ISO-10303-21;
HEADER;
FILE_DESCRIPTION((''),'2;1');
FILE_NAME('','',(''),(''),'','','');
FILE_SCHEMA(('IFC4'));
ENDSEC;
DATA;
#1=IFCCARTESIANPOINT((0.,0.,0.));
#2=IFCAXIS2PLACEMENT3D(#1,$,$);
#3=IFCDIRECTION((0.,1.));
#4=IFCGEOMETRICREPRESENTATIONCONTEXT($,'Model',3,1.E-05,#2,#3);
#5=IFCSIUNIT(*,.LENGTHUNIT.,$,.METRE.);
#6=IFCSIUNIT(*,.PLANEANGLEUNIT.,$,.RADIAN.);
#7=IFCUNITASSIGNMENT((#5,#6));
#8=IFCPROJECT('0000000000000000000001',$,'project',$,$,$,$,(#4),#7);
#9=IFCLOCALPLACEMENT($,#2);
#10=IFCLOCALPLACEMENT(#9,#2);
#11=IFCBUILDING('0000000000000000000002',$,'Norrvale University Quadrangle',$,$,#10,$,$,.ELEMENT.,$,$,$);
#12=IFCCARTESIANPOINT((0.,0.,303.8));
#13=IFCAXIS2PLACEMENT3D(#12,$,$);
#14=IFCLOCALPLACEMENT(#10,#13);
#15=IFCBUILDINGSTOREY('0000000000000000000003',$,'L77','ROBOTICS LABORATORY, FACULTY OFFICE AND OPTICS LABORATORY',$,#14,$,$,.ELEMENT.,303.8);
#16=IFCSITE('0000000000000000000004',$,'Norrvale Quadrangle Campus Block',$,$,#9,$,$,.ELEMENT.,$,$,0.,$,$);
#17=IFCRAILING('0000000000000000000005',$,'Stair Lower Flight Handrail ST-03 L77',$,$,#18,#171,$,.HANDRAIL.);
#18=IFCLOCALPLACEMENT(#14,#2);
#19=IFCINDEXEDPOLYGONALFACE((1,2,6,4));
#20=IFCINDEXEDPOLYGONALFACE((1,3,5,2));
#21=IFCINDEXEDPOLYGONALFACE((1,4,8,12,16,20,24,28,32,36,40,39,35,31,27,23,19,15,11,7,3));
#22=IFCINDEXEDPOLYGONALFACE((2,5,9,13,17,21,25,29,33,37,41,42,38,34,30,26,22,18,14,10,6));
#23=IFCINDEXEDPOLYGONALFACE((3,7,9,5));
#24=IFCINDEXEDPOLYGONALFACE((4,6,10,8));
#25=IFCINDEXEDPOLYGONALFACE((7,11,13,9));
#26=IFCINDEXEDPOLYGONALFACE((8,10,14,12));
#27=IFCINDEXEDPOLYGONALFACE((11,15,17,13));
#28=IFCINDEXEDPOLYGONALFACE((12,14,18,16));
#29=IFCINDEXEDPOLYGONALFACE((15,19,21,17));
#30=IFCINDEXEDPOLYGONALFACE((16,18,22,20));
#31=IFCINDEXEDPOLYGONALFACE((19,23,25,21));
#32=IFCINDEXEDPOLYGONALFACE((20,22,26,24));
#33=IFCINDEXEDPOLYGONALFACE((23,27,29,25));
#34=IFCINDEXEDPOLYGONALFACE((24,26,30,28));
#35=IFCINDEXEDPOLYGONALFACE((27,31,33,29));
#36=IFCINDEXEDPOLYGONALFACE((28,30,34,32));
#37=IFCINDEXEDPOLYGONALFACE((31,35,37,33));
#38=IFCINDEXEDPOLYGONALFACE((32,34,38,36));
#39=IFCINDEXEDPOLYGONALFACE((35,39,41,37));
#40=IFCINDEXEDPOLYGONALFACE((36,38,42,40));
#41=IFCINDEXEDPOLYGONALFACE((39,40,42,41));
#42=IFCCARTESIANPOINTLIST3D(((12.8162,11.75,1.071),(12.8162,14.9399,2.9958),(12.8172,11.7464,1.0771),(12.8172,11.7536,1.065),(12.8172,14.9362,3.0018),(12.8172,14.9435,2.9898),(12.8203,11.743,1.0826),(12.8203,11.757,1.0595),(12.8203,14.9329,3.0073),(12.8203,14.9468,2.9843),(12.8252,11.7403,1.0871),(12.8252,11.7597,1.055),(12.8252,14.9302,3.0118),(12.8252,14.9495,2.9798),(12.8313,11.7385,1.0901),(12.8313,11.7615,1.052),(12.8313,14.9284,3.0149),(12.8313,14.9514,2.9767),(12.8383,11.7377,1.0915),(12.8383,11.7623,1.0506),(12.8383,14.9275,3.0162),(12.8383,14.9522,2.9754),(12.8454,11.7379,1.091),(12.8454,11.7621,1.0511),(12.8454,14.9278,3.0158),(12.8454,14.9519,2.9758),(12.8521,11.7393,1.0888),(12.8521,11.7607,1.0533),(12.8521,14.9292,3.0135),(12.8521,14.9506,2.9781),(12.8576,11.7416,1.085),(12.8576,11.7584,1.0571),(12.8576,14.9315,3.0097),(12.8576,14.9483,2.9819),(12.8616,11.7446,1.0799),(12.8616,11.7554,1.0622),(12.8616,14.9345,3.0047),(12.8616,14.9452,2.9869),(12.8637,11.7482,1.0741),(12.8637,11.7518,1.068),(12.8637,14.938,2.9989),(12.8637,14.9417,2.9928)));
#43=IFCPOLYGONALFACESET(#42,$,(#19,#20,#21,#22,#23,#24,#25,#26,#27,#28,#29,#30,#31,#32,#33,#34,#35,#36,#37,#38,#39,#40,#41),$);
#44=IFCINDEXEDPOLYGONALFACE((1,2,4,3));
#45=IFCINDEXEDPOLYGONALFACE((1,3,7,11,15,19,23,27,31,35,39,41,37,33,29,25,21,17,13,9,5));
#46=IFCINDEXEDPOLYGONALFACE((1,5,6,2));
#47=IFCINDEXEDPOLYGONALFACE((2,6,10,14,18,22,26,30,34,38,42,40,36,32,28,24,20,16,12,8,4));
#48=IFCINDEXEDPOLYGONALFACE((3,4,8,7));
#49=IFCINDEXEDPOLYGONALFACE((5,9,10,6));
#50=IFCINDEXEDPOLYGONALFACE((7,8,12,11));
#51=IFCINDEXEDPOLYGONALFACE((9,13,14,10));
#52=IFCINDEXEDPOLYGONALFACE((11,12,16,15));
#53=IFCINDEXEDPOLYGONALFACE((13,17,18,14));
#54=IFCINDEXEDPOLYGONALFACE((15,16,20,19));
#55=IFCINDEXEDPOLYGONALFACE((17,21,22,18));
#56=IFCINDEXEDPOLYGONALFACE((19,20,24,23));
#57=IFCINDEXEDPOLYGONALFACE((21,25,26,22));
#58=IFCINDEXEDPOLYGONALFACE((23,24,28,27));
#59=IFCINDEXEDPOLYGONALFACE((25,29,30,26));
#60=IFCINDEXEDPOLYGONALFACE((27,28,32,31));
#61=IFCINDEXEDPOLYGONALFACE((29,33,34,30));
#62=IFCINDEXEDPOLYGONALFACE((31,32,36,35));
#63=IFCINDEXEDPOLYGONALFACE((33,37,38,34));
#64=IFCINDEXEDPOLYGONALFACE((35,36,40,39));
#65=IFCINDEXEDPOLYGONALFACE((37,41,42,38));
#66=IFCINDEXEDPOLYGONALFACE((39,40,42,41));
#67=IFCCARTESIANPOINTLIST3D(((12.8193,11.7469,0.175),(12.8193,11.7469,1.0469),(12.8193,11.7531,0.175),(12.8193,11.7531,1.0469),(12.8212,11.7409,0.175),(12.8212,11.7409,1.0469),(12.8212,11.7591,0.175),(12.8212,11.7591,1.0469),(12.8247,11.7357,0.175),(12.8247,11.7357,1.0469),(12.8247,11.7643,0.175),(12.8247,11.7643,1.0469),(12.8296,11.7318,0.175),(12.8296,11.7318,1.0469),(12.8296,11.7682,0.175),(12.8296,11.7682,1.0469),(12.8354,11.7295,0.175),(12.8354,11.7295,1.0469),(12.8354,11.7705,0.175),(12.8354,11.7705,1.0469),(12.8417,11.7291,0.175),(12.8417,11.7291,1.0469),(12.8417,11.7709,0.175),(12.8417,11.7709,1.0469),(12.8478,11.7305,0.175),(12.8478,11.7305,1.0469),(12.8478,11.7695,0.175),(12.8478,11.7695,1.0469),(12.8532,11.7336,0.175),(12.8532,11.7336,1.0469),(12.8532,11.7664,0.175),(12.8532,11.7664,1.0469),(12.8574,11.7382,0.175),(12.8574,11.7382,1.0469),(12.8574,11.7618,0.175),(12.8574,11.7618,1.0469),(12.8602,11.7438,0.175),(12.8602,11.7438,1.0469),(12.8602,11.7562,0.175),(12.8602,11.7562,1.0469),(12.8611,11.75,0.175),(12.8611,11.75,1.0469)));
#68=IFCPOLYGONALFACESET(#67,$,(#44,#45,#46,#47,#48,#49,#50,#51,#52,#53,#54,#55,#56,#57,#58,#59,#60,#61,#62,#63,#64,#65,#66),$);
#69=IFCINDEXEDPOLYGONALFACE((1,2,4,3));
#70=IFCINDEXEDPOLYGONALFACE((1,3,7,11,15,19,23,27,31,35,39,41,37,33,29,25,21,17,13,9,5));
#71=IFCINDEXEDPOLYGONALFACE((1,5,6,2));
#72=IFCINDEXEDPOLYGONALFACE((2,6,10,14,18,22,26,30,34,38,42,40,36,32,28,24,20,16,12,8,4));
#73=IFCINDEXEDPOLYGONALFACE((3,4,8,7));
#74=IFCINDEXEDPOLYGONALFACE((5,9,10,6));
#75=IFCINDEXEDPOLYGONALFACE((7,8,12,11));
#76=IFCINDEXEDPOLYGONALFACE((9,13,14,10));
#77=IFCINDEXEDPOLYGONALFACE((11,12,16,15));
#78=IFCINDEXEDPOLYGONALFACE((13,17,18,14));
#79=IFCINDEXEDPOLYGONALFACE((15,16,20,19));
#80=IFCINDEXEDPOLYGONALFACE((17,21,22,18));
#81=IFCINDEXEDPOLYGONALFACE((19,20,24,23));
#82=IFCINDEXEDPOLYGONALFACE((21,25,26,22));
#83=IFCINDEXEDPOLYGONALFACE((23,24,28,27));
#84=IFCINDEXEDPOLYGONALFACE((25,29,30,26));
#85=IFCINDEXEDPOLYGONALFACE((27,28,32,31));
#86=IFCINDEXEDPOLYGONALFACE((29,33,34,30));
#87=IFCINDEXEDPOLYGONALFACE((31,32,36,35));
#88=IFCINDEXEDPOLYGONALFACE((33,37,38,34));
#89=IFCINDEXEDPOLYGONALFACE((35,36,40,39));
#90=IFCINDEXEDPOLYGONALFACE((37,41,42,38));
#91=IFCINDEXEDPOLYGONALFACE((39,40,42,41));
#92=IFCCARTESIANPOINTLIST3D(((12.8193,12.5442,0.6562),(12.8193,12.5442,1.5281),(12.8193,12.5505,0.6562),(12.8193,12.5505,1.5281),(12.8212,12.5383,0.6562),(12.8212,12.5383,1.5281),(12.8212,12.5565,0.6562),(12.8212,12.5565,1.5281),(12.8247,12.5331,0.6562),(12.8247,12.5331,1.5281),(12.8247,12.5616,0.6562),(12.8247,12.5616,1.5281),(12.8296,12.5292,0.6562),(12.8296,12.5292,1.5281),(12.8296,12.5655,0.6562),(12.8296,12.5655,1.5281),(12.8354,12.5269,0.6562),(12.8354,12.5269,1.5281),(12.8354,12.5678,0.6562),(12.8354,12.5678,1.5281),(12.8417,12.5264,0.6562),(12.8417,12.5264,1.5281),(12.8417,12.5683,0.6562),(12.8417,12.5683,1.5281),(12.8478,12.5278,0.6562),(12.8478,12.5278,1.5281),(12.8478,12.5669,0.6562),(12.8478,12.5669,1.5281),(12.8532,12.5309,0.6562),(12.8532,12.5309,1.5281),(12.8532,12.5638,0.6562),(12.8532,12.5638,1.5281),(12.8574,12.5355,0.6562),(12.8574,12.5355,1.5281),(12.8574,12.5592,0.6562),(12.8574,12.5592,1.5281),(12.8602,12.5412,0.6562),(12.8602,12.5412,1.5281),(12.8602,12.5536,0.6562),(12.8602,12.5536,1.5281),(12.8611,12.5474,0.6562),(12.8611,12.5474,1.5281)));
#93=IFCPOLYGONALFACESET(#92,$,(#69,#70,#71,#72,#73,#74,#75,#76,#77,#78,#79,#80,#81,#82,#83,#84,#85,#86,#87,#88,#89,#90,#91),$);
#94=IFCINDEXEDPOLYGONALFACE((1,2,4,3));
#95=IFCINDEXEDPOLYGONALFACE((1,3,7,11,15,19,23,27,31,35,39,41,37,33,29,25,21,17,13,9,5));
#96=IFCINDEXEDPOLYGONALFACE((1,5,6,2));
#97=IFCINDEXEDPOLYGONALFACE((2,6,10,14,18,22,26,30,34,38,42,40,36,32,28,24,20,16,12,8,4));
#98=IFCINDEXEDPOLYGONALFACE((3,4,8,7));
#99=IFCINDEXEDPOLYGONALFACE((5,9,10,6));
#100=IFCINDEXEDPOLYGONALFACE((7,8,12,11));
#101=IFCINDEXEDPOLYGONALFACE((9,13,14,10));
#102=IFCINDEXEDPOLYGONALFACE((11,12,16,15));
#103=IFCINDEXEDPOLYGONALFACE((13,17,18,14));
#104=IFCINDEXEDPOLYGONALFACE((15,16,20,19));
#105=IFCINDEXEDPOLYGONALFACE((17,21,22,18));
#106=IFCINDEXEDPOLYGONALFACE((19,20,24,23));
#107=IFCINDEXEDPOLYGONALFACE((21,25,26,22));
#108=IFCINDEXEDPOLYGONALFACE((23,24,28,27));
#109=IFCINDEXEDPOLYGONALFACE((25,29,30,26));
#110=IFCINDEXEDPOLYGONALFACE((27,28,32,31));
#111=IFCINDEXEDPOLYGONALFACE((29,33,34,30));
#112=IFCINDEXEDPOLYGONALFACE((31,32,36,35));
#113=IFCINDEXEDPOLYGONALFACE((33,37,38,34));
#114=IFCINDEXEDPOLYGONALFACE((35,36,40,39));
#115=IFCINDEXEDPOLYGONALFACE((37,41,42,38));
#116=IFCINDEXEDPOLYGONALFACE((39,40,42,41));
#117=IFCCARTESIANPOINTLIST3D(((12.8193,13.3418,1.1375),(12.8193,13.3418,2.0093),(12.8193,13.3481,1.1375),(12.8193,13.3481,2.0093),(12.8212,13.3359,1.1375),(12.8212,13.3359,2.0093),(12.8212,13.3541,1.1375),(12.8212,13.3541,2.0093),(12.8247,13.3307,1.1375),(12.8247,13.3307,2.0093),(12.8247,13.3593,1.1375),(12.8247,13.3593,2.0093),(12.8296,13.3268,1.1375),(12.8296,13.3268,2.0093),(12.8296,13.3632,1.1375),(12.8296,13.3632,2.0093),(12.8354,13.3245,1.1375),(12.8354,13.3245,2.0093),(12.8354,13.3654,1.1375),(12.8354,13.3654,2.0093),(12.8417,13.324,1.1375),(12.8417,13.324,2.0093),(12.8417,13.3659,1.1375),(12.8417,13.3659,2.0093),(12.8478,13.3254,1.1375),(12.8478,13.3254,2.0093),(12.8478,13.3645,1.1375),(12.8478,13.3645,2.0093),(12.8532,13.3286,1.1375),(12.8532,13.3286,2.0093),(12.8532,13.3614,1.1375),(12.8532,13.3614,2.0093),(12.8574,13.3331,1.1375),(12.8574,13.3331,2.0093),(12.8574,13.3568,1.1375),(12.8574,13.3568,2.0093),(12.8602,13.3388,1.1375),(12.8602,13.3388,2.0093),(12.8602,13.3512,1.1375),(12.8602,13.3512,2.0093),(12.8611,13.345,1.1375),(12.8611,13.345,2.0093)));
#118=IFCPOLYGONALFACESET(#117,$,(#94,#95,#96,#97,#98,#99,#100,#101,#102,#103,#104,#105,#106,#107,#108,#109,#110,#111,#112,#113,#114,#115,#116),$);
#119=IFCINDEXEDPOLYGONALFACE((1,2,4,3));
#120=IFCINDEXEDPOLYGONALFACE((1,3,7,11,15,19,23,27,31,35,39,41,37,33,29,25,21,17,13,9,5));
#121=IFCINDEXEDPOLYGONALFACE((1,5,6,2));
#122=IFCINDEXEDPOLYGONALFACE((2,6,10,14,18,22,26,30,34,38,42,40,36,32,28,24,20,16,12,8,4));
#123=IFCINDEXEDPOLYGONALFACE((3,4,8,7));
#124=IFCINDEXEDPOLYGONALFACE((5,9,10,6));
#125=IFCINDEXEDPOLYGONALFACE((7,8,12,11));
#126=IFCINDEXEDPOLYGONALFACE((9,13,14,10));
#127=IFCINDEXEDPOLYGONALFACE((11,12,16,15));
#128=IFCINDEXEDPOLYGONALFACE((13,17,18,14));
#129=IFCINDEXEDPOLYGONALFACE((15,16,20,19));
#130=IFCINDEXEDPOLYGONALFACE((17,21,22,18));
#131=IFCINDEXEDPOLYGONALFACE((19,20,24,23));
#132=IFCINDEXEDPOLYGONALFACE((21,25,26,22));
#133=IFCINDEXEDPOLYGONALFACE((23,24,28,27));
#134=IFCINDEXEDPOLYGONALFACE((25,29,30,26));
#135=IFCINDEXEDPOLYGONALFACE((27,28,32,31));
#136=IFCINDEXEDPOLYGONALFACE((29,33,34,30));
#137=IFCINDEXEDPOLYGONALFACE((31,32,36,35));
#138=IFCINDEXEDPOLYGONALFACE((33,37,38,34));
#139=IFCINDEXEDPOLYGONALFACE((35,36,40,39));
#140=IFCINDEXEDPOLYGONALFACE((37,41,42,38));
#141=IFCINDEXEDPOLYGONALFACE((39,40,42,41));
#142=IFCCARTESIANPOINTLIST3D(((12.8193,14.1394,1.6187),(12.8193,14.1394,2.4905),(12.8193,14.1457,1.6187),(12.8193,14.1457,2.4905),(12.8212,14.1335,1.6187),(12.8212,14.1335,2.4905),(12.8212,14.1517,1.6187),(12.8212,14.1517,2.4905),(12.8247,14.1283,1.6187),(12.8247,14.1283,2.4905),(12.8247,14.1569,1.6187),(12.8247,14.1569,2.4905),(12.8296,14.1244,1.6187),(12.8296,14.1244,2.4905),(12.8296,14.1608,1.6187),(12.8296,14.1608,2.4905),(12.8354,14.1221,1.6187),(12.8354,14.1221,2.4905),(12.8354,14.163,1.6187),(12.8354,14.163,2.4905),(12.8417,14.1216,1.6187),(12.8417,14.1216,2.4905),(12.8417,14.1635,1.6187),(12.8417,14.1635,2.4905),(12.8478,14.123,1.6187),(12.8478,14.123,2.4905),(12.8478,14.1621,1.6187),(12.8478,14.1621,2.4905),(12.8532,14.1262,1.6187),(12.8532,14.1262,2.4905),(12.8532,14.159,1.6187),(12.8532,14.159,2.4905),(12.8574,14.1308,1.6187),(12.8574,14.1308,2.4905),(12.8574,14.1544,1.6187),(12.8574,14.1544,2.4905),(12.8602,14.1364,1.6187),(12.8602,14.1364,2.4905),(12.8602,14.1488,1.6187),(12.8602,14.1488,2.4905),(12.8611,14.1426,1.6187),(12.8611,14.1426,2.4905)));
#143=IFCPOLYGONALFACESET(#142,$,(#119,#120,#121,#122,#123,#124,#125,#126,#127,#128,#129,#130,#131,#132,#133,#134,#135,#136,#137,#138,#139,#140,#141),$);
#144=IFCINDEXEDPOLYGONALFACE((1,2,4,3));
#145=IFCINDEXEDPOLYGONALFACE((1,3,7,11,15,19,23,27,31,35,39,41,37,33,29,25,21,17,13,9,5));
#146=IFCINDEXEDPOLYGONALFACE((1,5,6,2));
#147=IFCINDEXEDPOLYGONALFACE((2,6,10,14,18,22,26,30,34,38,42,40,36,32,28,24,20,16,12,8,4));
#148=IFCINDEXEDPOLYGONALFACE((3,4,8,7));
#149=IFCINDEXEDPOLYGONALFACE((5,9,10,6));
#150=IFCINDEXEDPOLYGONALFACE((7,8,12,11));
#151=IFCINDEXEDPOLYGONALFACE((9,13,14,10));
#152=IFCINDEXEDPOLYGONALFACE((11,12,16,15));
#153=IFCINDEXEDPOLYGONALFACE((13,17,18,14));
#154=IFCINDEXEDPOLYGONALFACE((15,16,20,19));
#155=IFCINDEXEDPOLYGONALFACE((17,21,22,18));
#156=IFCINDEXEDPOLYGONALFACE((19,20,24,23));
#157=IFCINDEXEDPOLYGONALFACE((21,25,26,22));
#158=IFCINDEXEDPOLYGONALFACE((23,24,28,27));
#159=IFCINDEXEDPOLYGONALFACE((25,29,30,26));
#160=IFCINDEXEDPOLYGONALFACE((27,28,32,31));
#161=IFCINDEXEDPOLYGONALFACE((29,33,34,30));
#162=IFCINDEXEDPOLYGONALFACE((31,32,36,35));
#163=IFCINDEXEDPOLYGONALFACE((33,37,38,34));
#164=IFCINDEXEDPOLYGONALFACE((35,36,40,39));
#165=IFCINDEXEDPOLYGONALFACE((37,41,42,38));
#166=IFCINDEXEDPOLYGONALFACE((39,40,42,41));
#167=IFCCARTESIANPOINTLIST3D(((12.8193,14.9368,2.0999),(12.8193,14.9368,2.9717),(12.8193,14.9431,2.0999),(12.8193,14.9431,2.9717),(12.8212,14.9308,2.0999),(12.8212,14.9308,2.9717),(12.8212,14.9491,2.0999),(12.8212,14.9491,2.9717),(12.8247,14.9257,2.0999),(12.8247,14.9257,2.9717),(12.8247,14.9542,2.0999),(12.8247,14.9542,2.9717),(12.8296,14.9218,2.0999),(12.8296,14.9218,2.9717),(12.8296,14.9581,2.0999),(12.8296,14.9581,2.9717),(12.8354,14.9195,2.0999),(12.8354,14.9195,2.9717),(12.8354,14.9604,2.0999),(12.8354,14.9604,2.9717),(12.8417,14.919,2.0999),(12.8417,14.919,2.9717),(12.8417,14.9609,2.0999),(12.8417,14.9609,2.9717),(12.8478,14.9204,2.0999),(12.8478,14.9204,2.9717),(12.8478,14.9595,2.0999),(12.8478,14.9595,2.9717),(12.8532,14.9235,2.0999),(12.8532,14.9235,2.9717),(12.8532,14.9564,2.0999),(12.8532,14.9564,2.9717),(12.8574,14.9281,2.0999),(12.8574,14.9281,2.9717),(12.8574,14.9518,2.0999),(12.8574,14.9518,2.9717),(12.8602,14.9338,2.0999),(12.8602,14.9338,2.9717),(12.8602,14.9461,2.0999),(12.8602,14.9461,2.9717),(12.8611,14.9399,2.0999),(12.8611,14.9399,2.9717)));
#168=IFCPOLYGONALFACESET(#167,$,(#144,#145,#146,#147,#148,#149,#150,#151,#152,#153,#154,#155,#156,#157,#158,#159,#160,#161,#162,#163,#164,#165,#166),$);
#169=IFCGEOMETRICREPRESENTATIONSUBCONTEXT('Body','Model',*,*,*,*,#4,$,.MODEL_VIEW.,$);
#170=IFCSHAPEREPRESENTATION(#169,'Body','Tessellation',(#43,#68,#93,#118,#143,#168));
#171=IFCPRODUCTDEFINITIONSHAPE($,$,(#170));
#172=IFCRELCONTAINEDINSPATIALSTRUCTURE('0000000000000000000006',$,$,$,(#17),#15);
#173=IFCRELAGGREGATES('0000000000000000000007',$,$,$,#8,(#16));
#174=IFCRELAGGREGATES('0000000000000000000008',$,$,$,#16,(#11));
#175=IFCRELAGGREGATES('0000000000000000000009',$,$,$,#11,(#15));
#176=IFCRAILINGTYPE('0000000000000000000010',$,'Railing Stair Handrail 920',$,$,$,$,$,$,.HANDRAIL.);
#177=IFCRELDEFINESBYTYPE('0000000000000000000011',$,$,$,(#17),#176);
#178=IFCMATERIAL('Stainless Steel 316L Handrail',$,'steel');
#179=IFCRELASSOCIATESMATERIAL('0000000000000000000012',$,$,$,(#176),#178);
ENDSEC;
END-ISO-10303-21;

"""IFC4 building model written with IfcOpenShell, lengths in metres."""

from ifc_helpers import new_model, si_unit, direction, frame, origin, origin_2d, place, context, subcontext, project, spatial, circle, extrude, material, type_object, element, save


model = new_model("IFC4")

# Units and contexts
model_context = context("Model", 3, precision=1e-05, world=origin(), true_north=direction((0.0, 1.0)))
body_context = subcontext(model_context, "Body", "Model", "MODEL_VIEW")
ifc_project = project(units=[si_unit("LENGTHUNIT", "METRE"), si_unit("PLANEANGLEUNIT", "RADIAN")], contexts=[model_context])

# Site, building, storey
site_placement = place(None, origin())
site = spatial("IfcSite", under=ifc_project, at=site_placement, Name="Norrvale Quadrangle Campus Block", CompositionType="ELEMENT", RefElevation=0.0)
building_placement = place(site_placement, origin())
building = spatial("IfcBuilding", under=site, at=building_placement, Name="Norrvale University Quadrangle", CompositionType="ELEMENT")
storey_placement = place(building_placement, frame((0.0, 0.0, 303.8)))
storey = spatial("IfcBuildingStorey", under=building, at=storey_placement, Name="L77", Description="ROBOTICS LABORATORY, FACULTY OFFICE AND OPTICS LABORATORY", CompositionType="ELEMENT", Elevation=303.8)

# Railing
ifc_material_1 = material(Name="Stainless Steel 316L Handrail", Category="steel")
railing_type_1 = type_object("IfcRailingType", Name="Railing Stair Handrail 920", PredefinedType="HANDRAIL", material=ifc_material_1)
railing_1_placement = place(storey_placement, frame((12.8401, 11.75, 0.175)))
element("IfcRailing", 1, at=railing_1_placement, inside=storey, type_object=railing_type_1, Name="Stair Lower Flight Handrail ST-03 L77", PredefinedType="HANDRAIL", context=body_context, shape_type="SweptSolid", body=[
    extrude(circle(Radius=0.0239, at=origin_2d()), frame((0.0, 0.0, 0.896), z_axis=(0.0, 0.856207, 0.516633), x_axis=(-1.0, 0.0, 0.0)), (0.0, 0.0, 1.0), 3.7256),
    extrude(circle(Radius=0.021, at=origin_2d()), origin(), (0.0, 0.0, 1.0), 0.8718),
    extrude(circle(Radius=0.021, at=origin_2d()), frame((0.0, 0.7974, 0.4812)), (0.0, 0.0, 1.0), 0.8718),
    extrude(circle(Radius=0.021, at=origin_2d()), frame((0.0, 1.595, 0.9624)), (0.0, 0.0, 1.0), 0.8718),
    extrude(circle(Radius=0.021, at=origin_2d()), frame((0.0, 2.3926, 1.4436)), (0.0, 0.0, 1.0), 0.8718),
    extrude(circle(Radius=0.021, at=origin_2d()), frame((0.0, 3.1899, 1.9248)), (0.0, 0.0, 1.0), 0.8718),
])

save(model, "model.ifc")
